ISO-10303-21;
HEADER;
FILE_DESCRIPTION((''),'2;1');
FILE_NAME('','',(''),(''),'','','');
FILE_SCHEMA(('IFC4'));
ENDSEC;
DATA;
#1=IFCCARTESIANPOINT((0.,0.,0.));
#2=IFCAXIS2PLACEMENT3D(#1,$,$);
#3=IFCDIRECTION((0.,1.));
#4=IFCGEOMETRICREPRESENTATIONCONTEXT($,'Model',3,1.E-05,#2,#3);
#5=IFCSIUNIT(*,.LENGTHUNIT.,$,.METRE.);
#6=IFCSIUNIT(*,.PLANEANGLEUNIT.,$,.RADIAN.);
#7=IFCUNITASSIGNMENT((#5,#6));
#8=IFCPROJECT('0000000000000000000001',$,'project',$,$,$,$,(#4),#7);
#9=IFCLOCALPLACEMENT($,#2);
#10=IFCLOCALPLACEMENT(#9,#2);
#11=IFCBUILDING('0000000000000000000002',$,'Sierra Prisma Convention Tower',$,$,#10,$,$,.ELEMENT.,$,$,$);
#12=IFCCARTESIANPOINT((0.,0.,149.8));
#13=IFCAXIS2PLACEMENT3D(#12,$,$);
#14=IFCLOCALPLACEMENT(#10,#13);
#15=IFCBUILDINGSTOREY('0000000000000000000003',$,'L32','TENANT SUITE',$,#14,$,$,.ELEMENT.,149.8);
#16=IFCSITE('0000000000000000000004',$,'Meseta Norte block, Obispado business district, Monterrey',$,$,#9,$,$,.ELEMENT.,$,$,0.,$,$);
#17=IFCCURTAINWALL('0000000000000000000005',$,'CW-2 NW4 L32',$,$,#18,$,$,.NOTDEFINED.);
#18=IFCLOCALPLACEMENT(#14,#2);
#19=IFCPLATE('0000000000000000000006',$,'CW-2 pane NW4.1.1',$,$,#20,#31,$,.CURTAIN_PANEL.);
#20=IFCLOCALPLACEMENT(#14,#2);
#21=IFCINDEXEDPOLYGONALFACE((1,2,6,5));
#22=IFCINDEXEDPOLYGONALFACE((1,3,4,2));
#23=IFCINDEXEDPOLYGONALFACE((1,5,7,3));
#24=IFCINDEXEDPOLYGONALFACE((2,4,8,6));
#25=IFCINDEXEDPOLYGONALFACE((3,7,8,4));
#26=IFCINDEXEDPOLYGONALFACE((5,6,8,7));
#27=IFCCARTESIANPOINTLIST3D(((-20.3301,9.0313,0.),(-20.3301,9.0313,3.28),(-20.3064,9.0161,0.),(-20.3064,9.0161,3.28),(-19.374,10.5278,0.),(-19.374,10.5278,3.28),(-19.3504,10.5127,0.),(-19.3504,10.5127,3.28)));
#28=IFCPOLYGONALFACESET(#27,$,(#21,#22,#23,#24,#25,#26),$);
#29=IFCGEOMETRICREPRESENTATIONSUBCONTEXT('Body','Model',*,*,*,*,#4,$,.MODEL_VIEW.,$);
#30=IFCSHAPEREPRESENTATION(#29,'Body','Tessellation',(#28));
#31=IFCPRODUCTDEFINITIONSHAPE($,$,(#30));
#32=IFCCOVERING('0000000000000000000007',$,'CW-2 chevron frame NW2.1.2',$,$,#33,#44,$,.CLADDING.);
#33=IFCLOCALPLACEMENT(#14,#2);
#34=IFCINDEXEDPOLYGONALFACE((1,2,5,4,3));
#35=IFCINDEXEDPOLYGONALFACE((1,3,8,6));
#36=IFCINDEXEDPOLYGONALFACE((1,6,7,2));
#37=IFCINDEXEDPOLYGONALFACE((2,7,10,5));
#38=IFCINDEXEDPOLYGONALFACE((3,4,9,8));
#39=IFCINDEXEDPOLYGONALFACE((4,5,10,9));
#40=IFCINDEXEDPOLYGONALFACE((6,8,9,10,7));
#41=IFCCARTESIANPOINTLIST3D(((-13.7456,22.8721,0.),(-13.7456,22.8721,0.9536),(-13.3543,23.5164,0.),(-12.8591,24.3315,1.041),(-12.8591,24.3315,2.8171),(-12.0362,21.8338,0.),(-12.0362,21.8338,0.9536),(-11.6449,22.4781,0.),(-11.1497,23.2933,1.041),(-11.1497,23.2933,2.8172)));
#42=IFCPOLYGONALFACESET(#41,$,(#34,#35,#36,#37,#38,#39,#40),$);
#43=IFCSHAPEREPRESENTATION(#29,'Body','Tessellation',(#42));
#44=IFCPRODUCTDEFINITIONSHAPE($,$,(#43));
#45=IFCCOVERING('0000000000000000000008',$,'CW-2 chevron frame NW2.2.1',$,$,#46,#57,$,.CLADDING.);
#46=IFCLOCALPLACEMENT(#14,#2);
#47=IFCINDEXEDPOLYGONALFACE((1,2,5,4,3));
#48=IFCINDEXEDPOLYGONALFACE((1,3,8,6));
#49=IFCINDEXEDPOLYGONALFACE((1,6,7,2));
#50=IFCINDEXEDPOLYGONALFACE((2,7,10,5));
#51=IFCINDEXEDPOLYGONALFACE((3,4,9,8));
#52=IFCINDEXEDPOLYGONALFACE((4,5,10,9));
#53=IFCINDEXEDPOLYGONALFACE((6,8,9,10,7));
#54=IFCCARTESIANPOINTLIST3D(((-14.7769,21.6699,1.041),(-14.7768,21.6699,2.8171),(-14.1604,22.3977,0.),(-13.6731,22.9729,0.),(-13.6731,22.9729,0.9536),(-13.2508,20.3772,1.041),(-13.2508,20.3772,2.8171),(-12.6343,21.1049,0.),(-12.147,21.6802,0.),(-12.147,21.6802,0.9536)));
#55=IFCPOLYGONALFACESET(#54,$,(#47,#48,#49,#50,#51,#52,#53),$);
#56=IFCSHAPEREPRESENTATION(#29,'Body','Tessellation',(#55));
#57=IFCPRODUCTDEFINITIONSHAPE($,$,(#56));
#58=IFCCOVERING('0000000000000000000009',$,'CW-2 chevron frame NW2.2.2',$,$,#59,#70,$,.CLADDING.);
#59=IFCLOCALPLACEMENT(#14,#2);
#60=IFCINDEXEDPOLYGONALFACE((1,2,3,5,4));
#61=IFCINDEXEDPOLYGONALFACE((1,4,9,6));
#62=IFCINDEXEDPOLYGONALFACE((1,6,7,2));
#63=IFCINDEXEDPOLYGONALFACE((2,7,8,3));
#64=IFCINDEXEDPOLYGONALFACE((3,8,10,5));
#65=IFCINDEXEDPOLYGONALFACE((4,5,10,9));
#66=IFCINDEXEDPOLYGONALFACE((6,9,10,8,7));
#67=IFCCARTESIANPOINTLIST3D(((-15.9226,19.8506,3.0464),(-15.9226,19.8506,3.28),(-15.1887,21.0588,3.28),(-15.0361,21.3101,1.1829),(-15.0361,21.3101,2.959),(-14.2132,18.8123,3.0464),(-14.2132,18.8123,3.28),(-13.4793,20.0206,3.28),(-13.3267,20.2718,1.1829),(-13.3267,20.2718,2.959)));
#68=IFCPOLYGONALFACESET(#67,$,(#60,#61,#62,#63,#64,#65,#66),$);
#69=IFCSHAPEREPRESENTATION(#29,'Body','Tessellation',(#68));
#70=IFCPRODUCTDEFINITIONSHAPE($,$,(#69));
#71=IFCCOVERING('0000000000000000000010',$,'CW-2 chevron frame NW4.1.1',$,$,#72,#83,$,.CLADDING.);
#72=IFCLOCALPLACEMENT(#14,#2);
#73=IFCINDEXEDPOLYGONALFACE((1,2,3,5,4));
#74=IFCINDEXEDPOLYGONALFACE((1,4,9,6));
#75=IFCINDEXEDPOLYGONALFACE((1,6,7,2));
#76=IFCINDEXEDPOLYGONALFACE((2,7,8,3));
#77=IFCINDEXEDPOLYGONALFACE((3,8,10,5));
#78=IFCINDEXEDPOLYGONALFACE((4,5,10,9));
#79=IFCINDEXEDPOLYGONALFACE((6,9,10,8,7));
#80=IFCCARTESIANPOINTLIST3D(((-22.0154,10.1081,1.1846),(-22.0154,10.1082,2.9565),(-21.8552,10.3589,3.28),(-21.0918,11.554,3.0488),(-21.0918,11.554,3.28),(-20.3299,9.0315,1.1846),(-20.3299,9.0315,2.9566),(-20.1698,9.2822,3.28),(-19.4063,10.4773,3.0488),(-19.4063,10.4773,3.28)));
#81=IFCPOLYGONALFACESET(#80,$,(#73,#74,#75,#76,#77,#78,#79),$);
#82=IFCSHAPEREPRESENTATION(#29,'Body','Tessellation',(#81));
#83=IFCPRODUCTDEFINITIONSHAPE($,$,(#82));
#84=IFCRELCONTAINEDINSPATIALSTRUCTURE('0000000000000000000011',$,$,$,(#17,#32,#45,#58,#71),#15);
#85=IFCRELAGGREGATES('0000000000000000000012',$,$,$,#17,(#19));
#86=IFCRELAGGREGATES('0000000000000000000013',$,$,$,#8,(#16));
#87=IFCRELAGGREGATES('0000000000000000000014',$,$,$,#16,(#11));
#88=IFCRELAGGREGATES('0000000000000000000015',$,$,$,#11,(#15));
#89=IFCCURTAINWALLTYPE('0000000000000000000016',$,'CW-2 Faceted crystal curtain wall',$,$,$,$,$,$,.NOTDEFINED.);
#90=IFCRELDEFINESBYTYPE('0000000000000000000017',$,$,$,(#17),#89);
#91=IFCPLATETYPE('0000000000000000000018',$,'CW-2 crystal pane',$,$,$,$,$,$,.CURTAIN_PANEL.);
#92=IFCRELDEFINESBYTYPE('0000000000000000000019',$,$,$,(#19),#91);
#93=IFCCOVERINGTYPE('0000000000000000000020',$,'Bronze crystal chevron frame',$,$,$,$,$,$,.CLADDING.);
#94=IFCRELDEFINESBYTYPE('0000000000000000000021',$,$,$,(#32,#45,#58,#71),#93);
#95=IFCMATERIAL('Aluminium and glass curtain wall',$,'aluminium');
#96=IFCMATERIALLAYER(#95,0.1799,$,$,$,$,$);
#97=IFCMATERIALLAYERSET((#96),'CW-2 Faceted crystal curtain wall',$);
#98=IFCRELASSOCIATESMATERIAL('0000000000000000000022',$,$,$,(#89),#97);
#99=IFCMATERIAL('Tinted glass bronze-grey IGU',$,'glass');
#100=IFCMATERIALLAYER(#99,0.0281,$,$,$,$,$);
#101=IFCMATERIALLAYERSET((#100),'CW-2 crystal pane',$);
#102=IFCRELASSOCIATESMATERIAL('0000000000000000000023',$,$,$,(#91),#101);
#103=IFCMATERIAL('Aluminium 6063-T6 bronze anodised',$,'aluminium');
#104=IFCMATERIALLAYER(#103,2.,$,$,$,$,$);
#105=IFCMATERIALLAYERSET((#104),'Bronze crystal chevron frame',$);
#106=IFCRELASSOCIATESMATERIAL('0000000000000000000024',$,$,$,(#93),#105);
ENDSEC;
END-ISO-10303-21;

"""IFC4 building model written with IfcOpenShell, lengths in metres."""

from ifc_helpers import new_model, si_unit, direction, frame, origin, place, context, subcontext, project, spatial, polyline, outline, extrude, material, layer, layer_set, type_object, element, aggregate, save


model = new_model("IFC4")

# Units and contexts
model_context = context("Model", 3, precision=1e-05, world=origin(), true_north=direction((0.0, 1.0)))
body_context = subcontext(model_context, "Body", "Model", "MODEL_VIEW")
ifc_project = project(units=[si_unit("LENGTHUNIT", "METRE"), si_unit("PLANEANGLEUNIT", "RADIAN")], contexts=[model_context])

# Site, building, storey
site_placement = place(None, origin())
site = spatial("IfcSite", under=ifc_project, at=site_placement, Name="Meseta Norte block, Obispado business district, Monterrey", CompositionType="ELEMENT", RefElevation=0.0)
building_placement = place(site_placement, origin())
building = spatial("IfcBuilding", under=site, at=building_placement, Name="Sierra Prisma Convention Tower", CompositionType="ELEMENT")
storey_placement = place(building_placement, frame((0.0, 0.0, 149.8)))
storey = spatial("IfcBuildingStorey", under=building, at=storey_placement, Name="L32", Description="TENANT SUITE", CompositionType="ELEMENT", Elevation=149.8)

# Shared definitions
ifc_material_1 = material(Name="Aluminium and glass curtain wall", Category="aluminium")
ifc_layer_1 = layer(ifc_material_1, 0.1799)
ifc_layer_set_1 = layer_set([ifc_layer_1], Name="CW-2 Faceted crystal curtain wall")
curtain_wall_type_1 = type_object("IfcCurtainWallType", Name="CW-2 Faceted crystal curtain wall", PredefinedType="NOTDEFINED", material=ifc_layer_set_1)

# Curtain wall
curtain_wall_1_placement = place(storey_placement, origin())
curtain_wall_1 = element("IfcCurtainWall", 1, at=curtain_wall_1_placement, inside=storey, type_object=curtain_wall_type_1, Name="CW-2 NW4 L32", PredefinedType="NOTDEFINED")

# Plate
ifc_material_2 = material(Name="Tinted glass bronze-grey IGU", Category="glass")
ifc_layer_2 = layer(ifc_material_2, 0.0281)
ifc_layer_set_2 = layer_set([ifc_layer_2], Name="CW-2 crystal pane")
plate_type_1 = type_object("IfcPlateType", Name="CW-2 crystal pane", PredefinedType="CURTAIN_PANEL", material=ifc_layer_set_2)
plate_1_placement = place(storey_placement, frame((-19.374, 10.5278, 0.0), z_axis=(-0.842721, 0.538351, 0.0), x_axis=(-0.538351, -0.842721, 0.0)))
plate_1 = element("IfcPlate", 2, at=plate_1_placement, type_object=plate_type_1, Name="CW-2 pane NW4.1.1", PredefinedType="CURTAIN_PANEL", context=body_context, shape_type="SweptSolid", body=[
    extrude(outline(polyline([(0.0, 0.0), (1.7759, 0.0), (1.7759, 3.28), (0.0, 3.28), (0.0, 0.0)])), origin(), (0.0, 0.0, -1.0), 0.0281),
])
aggregate(curtain_wall_1, [plate_1])

# Coverings
ifc_material_3 = material(Name="Aluminium 6063-T6 bronze anodised", Category="aluminium")
ifc_layer_3 = layer(ifc_material_3, 2.0)
ifc_layer_set_3 = layer_set([ifc_layer_3], Name="Bronze crystal chevron frame")
covering_type = type_object("IfcCoveringType", Name="Bronze crystal chevron frame", PredefinedType="CLADDING", material=ifc_layer_set_3)
covering_1_placement = place(storey_placement, frame((-12.8591, 24.3315, 2.8171), z_axis=(-0.854691, 0.519138, -0.000006), x_axis=(0.000005, -0.000003, -1.0)))
element("IfcCovering", 3, at=covering_1_placement, inside=storey, type_object=covering_type, Name="CW-2 chevron frame NW2.1.2", PredefinedType="CLADDING", context=body_context, shape_type="SweptSolid", body=[
    extrude(outline(polyline([(0.0, 0.0), (1.7761, 0.0), (2.8171, 0.9538), (2.8171, 1.7076), (1.8635, 1.7076), (0.0, 0.0)])), origin(), (0.0, 0.0, -1.0), 2.0),
])
covering_2_placement = place(storey_placement, frame((-13.6731, 22.9729, 0.0), z_axis=(-0.763023, 0.646371, 0.000013), x_axis=(-0.646371, -0.763023, 0.0)))
element("IfcCovering", 4, at=covering_2_placement, inside=storey, type_object=covering_type, Name="CW-2 chevron frame NW2.2.1", PredefinedType="CLADDING", context=body_context, shape_type="SweptSolid", body=[
    extrude(outline(polyline([(0.0, 0.0), (0.7539, 0.0), (1.7076, 1.041), (1.7076, 2.8171), (0.0, 0.9536), (0.0, 0.0)])), origin(), (0.0, 0.0, -1.0), 2.0),
])
covering_3_placement = place(storey_placement, frame((-15.9226, 19.8506, 3.28), z_axis=(-0.854692, 0.519135, 0.000001), x_axis=(0.519135, 0.854692, 0.0)))
element("IfcCovering", 5, at=covering_3_placement, inside=storey, type_object=covering_type, Name="CW-2 chevron frame NW2.2.2", PredefinedType="CLADDING", context=body_context, shape_type="SweptSolid", body=[
    extrude(outline(polyline([(0.0, 0.0), (1.4137, 0.0), (1.7076, 0.321), (1.7076, 2.0972), (0.0, 0.2336), (0.0, 0.0)])), origin(), (0.0, 0.0, -1.0), 2.0),
])
covering_4_placement = place(storey_placement, frame((-21.0918, 11.554, 3.28), z_axis=(-0.842728, 0.538339, -0.000005), x_axis=(0.000004, -0.000003, -1.0)))
element("IfcCovering", 6, at=covering_4_placement, inside=storey, type_object=covering_type, Name="CW-2 chevron frame NW4.1.1", PredefinedType="CLADDING", context=body_context, shape_type="SweptSolid", body=[
    extrude(outline(polyline([(0.0, 0.0), (0.2312, 0.0), (2.0955, 1.7156), (0.3235, 1.7156), (0.0, 1.4181), (0.0, 0.0)])), origin(), (0.0, 0.0, -1.0), 2.0),
])

save(model, "model.ifc")
